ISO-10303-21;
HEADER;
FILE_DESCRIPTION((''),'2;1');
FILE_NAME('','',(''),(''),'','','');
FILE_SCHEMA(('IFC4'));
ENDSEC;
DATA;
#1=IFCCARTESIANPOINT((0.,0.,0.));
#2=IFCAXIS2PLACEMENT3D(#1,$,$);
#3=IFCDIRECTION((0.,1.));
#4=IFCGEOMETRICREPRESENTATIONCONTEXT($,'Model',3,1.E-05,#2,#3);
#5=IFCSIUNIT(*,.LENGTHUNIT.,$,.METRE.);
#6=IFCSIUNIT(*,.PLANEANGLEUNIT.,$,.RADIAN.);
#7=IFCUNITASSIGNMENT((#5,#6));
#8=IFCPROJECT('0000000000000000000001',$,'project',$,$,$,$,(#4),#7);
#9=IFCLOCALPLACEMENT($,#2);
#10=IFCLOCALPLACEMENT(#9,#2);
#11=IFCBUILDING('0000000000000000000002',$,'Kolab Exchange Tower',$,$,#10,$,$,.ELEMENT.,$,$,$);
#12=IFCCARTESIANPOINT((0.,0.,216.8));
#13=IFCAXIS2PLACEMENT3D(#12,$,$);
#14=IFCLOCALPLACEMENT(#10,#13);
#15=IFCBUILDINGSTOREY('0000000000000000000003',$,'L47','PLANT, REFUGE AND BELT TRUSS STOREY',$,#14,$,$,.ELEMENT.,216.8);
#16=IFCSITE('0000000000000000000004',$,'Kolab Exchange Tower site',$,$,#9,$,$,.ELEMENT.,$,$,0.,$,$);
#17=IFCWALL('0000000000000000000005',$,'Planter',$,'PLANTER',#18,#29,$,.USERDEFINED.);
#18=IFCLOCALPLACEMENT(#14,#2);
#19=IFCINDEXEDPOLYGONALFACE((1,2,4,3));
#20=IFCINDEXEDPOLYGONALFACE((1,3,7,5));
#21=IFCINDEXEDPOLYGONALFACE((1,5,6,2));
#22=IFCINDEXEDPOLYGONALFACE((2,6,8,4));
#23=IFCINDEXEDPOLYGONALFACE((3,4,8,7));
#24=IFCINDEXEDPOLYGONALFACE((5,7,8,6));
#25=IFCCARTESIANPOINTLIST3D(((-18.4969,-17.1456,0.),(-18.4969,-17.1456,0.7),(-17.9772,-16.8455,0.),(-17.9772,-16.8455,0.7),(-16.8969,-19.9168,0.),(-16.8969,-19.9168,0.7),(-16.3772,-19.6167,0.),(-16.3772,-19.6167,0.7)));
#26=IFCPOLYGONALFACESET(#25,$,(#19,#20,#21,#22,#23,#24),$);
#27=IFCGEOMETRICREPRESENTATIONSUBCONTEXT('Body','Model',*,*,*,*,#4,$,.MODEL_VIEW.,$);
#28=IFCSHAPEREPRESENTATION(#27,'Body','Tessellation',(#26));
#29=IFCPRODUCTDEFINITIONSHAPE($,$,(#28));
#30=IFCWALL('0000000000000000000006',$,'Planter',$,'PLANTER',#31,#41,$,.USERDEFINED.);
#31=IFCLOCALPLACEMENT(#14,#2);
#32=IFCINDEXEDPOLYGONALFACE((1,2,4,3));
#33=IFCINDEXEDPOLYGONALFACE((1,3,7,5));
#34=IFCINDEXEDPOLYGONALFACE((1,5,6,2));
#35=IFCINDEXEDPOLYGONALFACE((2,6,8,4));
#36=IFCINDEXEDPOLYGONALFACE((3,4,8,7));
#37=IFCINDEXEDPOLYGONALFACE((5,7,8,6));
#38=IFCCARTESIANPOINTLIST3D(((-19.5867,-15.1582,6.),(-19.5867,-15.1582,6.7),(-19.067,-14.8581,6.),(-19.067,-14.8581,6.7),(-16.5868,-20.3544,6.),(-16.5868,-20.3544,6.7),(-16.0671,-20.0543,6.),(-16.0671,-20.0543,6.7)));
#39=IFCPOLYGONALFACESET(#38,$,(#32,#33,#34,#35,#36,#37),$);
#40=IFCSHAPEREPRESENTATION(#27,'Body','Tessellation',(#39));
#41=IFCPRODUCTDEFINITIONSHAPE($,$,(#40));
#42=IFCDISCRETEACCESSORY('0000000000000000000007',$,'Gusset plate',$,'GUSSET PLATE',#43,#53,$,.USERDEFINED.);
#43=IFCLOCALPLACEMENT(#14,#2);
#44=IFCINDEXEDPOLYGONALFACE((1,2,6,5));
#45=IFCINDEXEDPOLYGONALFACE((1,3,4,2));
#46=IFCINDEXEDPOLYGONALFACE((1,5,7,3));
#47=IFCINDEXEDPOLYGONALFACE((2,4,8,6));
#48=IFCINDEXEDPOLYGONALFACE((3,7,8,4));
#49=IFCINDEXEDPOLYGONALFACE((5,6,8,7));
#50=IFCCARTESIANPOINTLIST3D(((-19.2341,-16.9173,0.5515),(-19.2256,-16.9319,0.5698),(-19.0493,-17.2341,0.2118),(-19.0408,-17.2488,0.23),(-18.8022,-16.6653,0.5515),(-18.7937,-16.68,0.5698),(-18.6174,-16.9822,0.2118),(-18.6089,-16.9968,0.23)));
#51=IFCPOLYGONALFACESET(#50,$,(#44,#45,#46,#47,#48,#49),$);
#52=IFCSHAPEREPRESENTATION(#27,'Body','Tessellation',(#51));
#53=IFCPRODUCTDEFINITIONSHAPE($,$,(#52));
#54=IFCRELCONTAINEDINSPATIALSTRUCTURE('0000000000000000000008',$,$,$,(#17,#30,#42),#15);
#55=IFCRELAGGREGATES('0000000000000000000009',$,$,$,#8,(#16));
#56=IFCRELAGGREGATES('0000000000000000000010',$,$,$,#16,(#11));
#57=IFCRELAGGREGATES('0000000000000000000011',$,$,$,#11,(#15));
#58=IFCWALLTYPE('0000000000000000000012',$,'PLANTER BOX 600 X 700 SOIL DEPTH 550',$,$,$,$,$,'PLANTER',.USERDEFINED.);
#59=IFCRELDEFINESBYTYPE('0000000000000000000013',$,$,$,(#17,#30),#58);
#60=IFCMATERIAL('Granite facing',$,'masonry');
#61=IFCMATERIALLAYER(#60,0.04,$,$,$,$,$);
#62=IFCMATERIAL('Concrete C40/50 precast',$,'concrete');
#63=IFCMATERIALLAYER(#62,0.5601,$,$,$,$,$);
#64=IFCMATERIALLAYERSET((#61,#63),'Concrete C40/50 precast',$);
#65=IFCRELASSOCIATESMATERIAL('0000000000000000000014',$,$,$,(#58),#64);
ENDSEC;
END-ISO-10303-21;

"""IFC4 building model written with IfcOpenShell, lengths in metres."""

from ifc_helpers import new_model, si_unit, direction, frame, frame_2d, origin, origin_2d, place, context, subcontext, project, spatial, rectangle, extrude, material, layer, layer_set, type_object, element, save


model = new_model("IFC4")

# Units and contexts
model_context = context("Model", 3, precision=1e-05, world=origin(), true_north=direction((0.0, 1.0)))
body_context = subcontext(model_context, "Body", "Model", "MODEL_VIEW")
ifc_project = project(units=[si_unit("LENGTHUNIT", "METRE"), si_unit("PLANEANGLEUNIT", "RADIAN")], contexts=[model_context])

# Site, building, storey
site_placement = place(None, origin())
site = spatial("IfcSite", under=ifc_project, at=site_placement, Name="Kolab Exchange Tower site", CompositionType="ELEMENT", RefElevation=0.0)
building_placement = place(site_placement, origin())
building = spatial("IfcBuilding", under=site, at=building_placement, Name="Kolab Exchange Tower", CompositionType="ELEMENT")
storey_placement = place(building_placement, frame((0.0, 0.0, 216.8)))
storey = spatial("IfcBuildingStorey", under=building, at=storey_placement, Name="L47", Description="PLANT, REFUGE AND BELT TRUSS STOREY", CompositionType="ELEMENT", Elevation=216.8)

# Walls
ifc_material_1 = material(Name="Granite facing", Category="masonry")
ifc_layer_1 = layer(ifc_material_1, 0.04)
ifc_material_2 = material(Name="Concrete C40/50 precast", Category="concrete")
ifc_layer_2 = layer(ifc_material_2, 0.5601)
ifc_layer_set_1 = layer_set([ifc_layer_1, ifc_layer_2], Name="Concrete C40/50 precast")
wall_type_1 = type_object("IfcWallType", Name="PLANTER BOX 600 X 700 SOIL DEPTH 550", ElementType="PLANTER", PredefinedType="USERDEFINED", material=ifc_layer_set_1)
wall_1_placement = place(storey_placement, frame((-16.637, -19.7668, 0.0), z_axis=(0.0, 0.0, 1.0), x_axis=(-0.500028, 0.866009, 0.0)))
element("IfcWall", 1, at=wall_1_placement, inside=storey, type_object=wall_type_1, Name="Planter", ObjectType="PLANTER", PredefinedType="USERDEFINED", context=body_context, shape_type="SweptSolid", body=[
    extrude(rectangle(XDim=3.2, YDim=0.6001, at=frame_2d((1.6001, 0.0))), origin(), (0.0, 0.0, 1.0), 0.7),
])
wall_2_placement = place(storey_placement, frame((-16.3269, -20.2043, 6.0), z_axis=(0.0, 0.0, 1.0), x_axis=(-0.49999, 0.866031, 0.0)))
element("IfcWall", 2, at=wall_2_placement, inside=storey, type_object=wall_type_1, Name="Planter", ObjectType="PLANTER", PredefinedType="USERDEFINED", context=body_context, shape_type="SweptSolid", body=[
    extrude(rectangle(XDim=6.0, YDim=0.6001, at=frame_2d((3.0, 0.0))), origin(), (0.0, 0.0, 1.0), 0.7),
])

# Discrete accessory
discrete_accessory_placement = place(storey_placement, frame((-18.9172, -16.9644, 0.3999), z_axis=(-0.342381, 0.586939, -0.733674), x_axis=(-0.863779, -0.503871, 0.0)))
element("IfcDiscreteAccessory", 3, at=discrete_accessory_placement, inside=storey, Name="Gusset plate", ObjectType="GUSSET PLATE", PredefinedType="USERDEFINED", context=body_context, shape_type="SweptSolid", body=[
    extrude(rectangle(XDim=0.5, YDim=0.5, at=origin_2d()), origin(), (0.0, 0.0, 1.0), 0.0249),
])

save(model, "model.ifc")
